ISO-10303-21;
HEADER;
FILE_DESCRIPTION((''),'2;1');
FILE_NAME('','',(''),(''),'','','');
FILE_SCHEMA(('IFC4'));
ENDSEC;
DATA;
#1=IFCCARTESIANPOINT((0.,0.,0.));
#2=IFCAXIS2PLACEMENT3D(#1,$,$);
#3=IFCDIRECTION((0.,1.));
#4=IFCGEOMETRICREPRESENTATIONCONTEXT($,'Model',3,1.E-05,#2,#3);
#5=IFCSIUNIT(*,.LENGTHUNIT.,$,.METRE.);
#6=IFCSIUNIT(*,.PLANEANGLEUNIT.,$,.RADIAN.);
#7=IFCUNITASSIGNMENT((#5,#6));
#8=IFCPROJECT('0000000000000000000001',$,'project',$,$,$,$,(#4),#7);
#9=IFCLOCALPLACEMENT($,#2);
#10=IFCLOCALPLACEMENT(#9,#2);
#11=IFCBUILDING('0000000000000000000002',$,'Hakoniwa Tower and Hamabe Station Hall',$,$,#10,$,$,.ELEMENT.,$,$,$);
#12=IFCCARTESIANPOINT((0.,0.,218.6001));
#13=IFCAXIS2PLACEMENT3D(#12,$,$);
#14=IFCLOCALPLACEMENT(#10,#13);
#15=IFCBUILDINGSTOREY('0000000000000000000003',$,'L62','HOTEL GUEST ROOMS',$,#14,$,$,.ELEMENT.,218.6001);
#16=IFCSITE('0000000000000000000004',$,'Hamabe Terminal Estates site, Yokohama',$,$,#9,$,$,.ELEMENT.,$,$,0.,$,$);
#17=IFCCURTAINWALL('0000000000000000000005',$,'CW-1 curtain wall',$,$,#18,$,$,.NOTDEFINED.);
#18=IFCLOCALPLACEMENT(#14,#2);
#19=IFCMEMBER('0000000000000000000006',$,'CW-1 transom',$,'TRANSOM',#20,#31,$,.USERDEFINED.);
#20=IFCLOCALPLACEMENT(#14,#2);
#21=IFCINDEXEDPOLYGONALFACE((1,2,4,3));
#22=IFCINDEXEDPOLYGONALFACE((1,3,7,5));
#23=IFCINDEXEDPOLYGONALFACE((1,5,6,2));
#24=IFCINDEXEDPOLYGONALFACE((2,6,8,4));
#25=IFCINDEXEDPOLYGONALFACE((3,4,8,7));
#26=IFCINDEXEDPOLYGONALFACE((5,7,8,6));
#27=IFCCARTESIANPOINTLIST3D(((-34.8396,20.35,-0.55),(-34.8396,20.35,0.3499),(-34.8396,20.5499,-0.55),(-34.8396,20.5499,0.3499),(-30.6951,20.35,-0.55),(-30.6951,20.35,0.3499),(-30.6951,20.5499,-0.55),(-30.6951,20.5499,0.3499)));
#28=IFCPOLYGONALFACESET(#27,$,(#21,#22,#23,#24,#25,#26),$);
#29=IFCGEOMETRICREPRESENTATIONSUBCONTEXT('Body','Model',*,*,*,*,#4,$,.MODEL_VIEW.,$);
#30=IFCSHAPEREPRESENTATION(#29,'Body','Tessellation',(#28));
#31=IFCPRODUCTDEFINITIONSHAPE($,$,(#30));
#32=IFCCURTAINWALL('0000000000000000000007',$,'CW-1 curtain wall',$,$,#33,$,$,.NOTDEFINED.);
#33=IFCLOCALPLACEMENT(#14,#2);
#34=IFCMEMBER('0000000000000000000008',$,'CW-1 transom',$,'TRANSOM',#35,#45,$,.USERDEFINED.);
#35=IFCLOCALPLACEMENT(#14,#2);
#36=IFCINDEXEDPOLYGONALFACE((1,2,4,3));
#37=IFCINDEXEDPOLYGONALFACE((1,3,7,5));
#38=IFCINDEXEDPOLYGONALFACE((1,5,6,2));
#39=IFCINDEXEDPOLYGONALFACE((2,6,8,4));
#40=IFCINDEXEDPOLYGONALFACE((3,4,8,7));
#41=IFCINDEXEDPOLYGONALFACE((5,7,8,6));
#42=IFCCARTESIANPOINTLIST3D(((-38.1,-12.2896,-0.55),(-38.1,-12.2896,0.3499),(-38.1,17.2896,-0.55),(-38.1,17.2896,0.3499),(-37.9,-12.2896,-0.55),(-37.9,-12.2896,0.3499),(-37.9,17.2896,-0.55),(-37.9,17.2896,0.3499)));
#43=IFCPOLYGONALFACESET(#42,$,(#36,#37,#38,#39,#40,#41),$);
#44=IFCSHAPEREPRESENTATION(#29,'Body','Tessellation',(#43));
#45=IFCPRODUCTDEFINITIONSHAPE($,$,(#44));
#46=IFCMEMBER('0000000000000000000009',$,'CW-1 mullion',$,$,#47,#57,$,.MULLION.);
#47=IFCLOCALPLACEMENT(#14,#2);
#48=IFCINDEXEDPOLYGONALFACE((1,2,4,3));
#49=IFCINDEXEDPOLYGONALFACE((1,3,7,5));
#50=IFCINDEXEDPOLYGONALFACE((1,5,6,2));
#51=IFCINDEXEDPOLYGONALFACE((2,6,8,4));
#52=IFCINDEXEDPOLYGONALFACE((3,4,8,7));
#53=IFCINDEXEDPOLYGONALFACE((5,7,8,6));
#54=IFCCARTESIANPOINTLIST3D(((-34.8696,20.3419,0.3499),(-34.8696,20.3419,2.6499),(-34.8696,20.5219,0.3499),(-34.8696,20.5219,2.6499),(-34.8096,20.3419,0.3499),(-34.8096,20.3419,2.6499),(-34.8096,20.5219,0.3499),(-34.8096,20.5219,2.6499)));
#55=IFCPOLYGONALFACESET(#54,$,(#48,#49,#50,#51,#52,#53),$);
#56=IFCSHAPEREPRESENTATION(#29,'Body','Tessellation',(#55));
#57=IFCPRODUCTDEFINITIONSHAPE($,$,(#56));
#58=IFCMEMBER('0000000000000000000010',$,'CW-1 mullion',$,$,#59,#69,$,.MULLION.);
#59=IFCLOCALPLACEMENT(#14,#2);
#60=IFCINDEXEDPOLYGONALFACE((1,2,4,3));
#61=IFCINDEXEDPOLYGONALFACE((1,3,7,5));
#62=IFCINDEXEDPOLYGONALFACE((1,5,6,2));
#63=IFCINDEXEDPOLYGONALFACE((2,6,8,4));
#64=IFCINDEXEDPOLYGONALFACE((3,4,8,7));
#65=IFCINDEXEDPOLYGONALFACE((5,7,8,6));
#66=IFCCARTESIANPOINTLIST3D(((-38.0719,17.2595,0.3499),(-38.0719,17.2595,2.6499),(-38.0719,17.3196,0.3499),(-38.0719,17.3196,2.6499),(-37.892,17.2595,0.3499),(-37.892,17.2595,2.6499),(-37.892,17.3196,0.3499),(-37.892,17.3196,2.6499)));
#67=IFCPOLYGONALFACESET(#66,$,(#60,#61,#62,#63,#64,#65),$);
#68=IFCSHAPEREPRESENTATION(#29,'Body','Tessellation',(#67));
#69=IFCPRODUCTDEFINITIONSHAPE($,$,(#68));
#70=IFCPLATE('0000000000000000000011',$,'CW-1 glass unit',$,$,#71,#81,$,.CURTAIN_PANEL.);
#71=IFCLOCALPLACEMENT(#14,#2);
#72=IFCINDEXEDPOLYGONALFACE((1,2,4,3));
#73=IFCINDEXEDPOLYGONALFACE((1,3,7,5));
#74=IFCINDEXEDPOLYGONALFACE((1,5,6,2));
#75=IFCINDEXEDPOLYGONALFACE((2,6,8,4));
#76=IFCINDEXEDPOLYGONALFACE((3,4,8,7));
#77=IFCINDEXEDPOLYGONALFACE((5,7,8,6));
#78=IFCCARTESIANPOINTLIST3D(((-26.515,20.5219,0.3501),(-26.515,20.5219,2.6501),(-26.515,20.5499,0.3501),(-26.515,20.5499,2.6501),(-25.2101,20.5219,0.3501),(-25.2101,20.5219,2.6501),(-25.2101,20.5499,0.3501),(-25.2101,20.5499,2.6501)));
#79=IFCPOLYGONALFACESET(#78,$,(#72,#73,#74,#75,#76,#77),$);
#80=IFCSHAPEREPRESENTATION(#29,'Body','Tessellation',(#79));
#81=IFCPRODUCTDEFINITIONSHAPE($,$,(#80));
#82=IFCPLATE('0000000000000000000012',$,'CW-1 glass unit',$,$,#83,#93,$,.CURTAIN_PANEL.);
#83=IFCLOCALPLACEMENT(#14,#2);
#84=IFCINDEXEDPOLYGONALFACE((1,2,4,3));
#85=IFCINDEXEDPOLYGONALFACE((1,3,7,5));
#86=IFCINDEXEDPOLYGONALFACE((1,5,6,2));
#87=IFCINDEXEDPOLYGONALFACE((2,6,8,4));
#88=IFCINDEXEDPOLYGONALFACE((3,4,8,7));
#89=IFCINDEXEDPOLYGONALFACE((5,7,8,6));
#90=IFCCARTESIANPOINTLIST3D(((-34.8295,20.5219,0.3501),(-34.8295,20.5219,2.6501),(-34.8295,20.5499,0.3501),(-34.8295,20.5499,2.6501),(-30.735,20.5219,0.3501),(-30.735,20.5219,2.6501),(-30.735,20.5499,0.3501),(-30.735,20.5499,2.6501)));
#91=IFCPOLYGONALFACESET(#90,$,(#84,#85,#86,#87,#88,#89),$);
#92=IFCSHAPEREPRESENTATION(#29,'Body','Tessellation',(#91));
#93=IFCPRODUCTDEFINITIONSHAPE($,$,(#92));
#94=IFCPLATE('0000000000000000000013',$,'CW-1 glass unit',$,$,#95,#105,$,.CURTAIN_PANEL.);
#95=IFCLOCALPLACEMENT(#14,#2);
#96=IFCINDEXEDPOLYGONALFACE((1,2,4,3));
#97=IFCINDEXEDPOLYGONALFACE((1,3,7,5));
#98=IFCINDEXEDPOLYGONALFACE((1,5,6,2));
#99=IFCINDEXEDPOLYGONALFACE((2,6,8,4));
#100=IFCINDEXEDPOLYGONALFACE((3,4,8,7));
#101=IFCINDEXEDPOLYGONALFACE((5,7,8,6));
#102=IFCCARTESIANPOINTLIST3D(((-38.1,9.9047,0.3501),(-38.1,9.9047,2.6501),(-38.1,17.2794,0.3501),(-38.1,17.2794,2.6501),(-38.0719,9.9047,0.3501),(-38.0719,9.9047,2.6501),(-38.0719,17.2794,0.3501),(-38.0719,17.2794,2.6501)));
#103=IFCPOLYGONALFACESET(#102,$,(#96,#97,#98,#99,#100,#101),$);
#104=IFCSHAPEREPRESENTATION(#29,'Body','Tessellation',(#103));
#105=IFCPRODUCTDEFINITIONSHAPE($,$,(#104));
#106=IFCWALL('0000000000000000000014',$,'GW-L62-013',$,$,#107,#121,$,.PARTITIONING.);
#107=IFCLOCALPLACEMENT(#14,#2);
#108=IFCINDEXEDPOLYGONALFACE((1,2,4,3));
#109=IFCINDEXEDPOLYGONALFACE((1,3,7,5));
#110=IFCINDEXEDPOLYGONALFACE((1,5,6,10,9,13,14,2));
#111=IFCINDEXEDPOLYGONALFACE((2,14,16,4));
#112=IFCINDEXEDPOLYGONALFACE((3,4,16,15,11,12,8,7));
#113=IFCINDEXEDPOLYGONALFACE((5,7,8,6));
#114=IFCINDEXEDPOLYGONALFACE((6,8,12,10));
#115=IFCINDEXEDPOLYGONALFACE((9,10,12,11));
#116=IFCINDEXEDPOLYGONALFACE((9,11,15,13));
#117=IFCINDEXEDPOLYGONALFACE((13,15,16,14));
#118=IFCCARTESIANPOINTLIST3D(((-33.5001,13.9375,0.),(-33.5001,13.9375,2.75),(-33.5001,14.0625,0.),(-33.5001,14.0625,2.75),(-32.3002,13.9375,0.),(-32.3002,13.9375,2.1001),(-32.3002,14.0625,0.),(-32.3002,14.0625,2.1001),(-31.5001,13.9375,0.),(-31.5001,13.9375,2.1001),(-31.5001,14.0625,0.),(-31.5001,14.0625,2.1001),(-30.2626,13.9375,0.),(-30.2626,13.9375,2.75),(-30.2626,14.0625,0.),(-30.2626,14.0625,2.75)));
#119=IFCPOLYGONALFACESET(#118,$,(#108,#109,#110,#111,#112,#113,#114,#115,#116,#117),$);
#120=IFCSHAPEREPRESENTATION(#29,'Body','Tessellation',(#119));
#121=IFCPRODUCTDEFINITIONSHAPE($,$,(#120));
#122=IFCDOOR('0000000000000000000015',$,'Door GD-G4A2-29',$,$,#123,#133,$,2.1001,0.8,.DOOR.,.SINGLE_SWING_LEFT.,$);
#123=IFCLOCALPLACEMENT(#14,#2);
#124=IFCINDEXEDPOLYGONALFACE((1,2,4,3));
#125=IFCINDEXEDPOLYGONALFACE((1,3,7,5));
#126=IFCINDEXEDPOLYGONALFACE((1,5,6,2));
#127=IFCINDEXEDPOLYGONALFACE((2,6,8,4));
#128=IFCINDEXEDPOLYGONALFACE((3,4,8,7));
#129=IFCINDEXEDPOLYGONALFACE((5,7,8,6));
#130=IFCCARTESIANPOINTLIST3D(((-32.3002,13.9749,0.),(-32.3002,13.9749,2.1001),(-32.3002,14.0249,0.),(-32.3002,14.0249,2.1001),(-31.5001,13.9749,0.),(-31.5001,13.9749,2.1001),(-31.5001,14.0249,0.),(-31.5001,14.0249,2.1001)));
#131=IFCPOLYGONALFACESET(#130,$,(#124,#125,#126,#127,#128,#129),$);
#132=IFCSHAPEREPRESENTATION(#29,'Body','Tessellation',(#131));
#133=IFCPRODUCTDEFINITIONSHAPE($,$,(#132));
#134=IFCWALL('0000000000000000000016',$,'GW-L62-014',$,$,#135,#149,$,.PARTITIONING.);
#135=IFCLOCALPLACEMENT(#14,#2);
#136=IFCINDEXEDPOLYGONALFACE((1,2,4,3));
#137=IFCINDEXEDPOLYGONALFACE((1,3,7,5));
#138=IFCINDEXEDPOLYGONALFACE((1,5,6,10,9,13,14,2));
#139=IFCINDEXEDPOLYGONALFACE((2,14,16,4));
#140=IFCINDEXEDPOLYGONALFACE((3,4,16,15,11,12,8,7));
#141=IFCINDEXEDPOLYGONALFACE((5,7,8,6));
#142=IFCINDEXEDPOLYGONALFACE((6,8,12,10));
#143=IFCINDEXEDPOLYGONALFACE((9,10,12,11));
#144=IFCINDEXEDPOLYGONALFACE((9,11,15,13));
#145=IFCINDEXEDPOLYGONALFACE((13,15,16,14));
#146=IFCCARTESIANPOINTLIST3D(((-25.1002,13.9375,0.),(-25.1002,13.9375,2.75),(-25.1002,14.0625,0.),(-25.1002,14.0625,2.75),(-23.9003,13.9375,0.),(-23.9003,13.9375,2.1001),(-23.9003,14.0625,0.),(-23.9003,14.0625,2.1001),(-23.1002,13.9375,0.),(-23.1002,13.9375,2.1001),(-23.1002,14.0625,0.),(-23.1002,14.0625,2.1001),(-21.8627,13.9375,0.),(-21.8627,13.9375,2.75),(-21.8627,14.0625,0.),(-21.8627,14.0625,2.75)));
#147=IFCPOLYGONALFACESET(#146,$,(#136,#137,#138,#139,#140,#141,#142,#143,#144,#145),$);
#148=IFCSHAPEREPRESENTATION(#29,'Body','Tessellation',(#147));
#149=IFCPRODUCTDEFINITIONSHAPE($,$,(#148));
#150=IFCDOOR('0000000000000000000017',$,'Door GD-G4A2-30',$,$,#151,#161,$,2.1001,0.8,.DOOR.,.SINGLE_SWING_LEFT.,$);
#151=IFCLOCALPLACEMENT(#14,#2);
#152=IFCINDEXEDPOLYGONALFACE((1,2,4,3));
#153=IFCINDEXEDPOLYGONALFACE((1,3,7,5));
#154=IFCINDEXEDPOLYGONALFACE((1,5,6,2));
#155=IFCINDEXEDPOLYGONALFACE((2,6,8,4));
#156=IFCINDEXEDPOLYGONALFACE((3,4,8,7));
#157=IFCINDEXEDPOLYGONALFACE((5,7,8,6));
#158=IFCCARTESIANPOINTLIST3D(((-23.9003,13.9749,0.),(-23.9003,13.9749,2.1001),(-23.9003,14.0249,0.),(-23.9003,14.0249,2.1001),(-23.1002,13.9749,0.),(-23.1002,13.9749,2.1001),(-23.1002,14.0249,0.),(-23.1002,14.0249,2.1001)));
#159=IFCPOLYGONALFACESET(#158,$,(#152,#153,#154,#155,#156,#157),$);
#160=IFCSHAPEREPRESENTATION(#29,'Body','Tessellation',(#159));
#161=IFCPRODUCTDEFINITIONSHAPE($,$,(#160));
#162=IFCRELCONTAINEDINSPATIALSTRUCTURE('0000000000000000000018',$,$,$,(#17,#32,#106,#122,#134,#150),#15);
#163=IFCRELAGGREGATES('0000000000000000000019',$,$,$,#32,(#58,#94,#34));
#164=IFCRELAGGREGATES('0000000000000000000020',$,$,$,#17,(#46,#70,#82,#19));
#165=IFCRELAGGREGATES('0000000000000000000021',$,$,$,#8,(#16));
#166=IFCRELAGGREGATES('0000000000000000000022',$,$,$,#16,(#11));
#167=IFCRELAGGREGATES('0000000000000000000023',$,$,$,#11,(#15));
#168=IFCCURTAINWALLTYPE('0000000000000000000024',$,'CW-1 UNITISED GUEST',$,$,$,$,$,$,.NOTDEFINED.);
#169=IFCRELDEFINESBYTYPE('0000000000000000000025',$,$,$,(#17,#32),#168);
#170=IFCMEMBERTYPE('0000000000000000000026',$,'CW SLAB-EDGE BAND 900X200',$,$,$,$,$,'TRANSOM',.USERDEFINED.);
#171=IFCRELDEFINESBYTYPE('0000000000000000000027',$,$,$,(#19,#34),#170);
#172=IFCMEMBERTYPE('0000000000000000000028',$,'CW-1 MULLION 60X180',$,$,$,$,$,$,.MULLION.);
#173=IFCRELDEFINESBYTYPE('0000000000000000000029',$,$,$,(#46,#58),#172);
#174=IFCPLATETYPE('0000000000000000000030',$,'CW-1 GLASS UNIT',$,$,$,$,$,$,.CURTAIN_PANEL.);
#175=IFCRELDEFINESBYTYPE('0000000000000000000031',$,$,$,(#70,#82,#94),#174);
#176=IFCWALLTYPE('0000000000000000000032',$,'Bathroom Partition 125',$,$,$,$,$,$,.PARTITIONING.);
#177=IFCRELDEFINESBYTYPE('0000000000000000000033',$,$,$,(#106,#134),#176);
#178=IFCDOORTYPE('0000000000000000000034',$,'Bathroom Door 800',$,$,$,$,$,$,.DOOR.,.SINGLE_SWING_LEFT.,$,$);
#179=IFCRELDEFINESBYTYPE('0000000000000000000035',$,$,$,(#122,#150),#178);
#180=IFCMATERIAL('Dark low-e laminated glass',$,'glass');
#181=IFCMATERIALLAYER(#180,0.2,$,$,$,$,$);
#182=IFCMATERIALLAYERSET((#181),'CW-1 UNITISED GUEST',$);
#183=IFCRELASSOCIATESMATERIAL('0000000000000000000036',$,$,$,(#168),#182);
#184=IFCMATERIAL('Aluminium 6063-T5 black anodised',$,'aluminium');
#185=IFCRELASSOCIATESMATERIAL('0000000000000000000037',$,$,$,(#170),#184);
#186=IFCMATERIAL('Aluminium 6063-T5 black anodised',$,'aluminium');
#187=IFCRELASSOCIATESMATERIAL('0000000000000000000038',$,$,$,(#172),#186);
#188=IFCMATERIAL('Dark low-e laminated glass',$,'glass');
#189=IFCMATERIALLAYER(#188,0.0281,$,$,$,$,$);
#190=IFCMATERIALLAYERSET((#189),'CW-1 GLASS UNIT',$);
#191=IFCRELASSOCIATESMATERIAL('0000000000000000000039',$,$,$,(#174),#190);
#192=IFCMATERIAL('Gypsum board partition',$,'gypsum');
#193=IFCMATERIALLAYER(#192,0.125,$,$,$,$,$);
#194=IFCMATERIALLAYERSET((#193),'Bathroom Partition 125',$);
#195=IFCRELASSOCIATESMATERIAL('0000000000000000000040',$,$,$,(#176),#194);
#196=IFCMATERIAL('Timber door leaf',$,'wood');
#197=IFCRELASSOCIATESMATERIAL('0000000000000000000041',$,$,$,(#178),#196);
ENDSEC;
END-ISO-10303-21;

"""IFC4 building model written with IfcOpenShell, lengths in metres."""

from ifc_helpers import new_model, si_unit, direction, frame, frame_2d, origin, origin_2d, place, context, subcontext, project, spatial, rectangle, extrude, material, layer, layer_set, material_profile, profile_set, type_object, element, fill, aggregate, save


model = new_model("IFC4")

# Units and contexts
model_context = context("Model", 3, precision=1e-05, world=origin(), true_north=direction((0.0, 1.0)))
body_context = subcontext(model_context, "Body", "Model", "MODEL_VIEW")
ifc_project = project(units=[si_unit("LENGTHUNIT", "METRE"), si_unit("PLANEANGLEUNIT", "RADIAN")], contexts=[model_context])

# Site, building, storey
site_placement = place(None, origin())
site = spatial("IfcSite", under=ifc_project, at=site_placement, Name="Hamabe Terminal Estates site, Yokohama", CompositionType="ELEMENT", RefElevation=0.0)
building_placement = place(site_placement, origin())
building = spatial("IfcBuilding", under=site, at=building_placement, Name="Hakoniwa Tower and Hamabe Station Hall", CompositionType="ELEMENT")
storey_placement = place(building_placement, frame((0.0, 0.0, 218.6001)))
storey = spatial("IfcBuildingStorey", under=building, at=storey_placement, Name="L62", Description="HOTEL GUEST ROOMS", CompositionType="ELEMENT", Elevation=218.6001)

# Curtain walls, members
ifc_material_1 = material(Name="Dark low-e laminated glass", Category="glass")
ifc_layer_1 = layer(ifc_material_1, 0.2)
ifc_layer_set_1 = layer_set([ifc_layer_1], Name="CW-1 UNITISED GUEST")
curtain_wall_type = type_object("IfcCurtainWallType", Name="CW-1 UNITISED GUEST", PredefinedType="NOTDEFINED", material=ifc_layer_set_1)
curtain_wall_1_placement = place(storey_placement, origin())
curtain_wall_1 = element("IfcCurtainWall", 1, at=curtain_wall_1_placement, inside=storey, type_object=curtain_wall_type, Name="CW-1 curtain wall", PredefinedType="NOTDEFINED")
ifc_material_2 = material(Name="Aluminium 6063-T5 black anodised", Category="aluminium")
ifc_material_profile_1 = material_profile(ifc_material_2, rectangle(XDim=0.2, YDim=0.8999, at=origin_2d()), Name="CW SLAB-EDGE BAND 900X200")
ifc_profile_set_1 = profile_set([ifc_material_profile_1], Name="Aluminium 6063-T5 black anodised")
member_type_1 = type_object("IfcMemberType", Name="CW SLAB-EDGE BAND 900X200", ElementType="TRANSOM", PredefinedType="USERDEFINED", material=ifc_profile_set_1)
member_1_placement = place(storey_placement, frame((-30.6951, 20.45, -0.1001), z_axis=(-1.0, 0.0, 0.0), x_axis=(0.0, -1.0, 0.0)))
member_1 = element("IfcMember", 2, at=member_1_placement, type_object=member_type_1, Name="CW-1 transom", ObjectType="TRANSOM", PredefinedType="USERDEFINED", context=body_context, shape_type="SweptSolid", body=[
    extrude(rectangle(XDim=0.2, YDim=0.8999, at=origin_2d()), origin(), (0.0, 0.0, 1.0), 4.1445),
])
curtain_wall_2_placement = place(storey_placement, origin())
curtain_wall_2 = element("IfcCurtainWall", 3, at=curtain_wall_2_placement, inside=storey, type_object=curtain_wall_type, Name="CW-1 curtain wall", PredefinedType="NOTDEFINED")
member_2_placement = place(storey_placement, frame((-38.0, 17.2896, -0.1001), z_axis=(0.0, -1.0, 0.0), x_axis=(1.0, 0.0, 0.0)))
member_2 = element("IfcMember", 4, at=member_2_placement, type_object=member_type_1, Name="CW-1 transom", ObjectType="TRANSOM", PredefinedType="USERDEFINED", context=body_context, shape_type="SweptSolid", body=[
    extrude(rectangle(XDim=0.2, YDim=0.8999, at=origin_2d()), origin(), (0.0, 0.0, 1.0), 29.5791),
])

# Members
ifc_material_3 = material(Name="Aluminium 6063-T5 black anodised", Category="aluminium")
ifc_material_profile_2 = material_profile(ifc_material_3, rectangle(XDim=0.0601, YDim=0.1799, at=origin_2d()), Name="CW-1 MULLION 60X180")
ifc_profile_set_2 = profile_set([ifc_material_profile_2], Name="Aluminium 6063-T5 black anodised")
member_type_2 = type_object("IfcMemberType", Name="CW-1 MULLION 60X180", PredefinedType="MULLION", material=ifc_profile_set_2)
member_3_placement = place(storey_placement, frame((-34.8396, 20.4319, 0.3499), z_axis=(0.0, 0.0, 1.0), x_axis=(-1.0, 0.0, 0.0)))
member_3 = element("IfcMember", 5, at=member_3_placement, type_object=member_type_2, Name="CW-1 mullion", PredefinedType="MULLION", context=body_context, shape_type="SweptSolid", body=[
    extrude(rectangle(XDim=0.0601, YDim=0.1799, at=origin_2d()), origin(), (0.0, 0.0, 1.0), 2.3),
])
member_4_placement = place(storey_placement, frame((-37.9819, 17.2896, 0.3499), z_axis=(0.0, 0.0, 1.0), x_axis=(0.0, -1.0, 0.0)))
member_4 = element("IfcMember", 6, at=member_4_placement, type_object=member_type_2, Name="CW-1 mullion", PredefinedType="MULLION", context=body_context, shape_type="SweptSolid", body=[
    extrude(rectangle(XDim=0.0601, YDim=0.1799, at=origin_2d()), origin(), (0.0, 0.0, 1.0), 2.3),
])

# Plates
ifc_material_4 = material(Name="Dark low-e laminated glass", Category="glass")
ifc_layer_2 = layer(ifc_material_4, 0.0281)
ifc_layer_set_2 = layer_set([ifc_layer_2], Name="CW-1 GLASS UNIT")
plate_type = type_object("IfcPlateType", Name="CW-1 GLASS UNIT", PredefinedType="CURTAIN_PANEL", material=ifc_layer_set_2)
plate_1_placement = place(storey_placement, frame((-25.8625, 20.5359, 0.3501), z_axis=(0.0, 0.0, 1.0), x_axis=(-1.0, 0.0, 0.0)))
plate_1 = element("IfcPlate", 7, at=plate_1_placement, type_object=plate_type, Name="CW-1 glass unit", PredefinedType="CURTAIN_PANEL", context=body_context, shape_type="SweptSolid", body=[
    extrude(rectangle(XDim=1.3049, YDim=0.0281, at=origin_2d()), origin(), (0.0, 0.0, 1.0), 2.3),
])
plate_2_placement = place(storey_placement, frame((-32.7822, 20.5359, 0.3501), z_axis=(0.0, 0.0, 1.0), x_axis=(-1.0, 0.0, 0.0)))
plate_2 = element("IfcPlate", 8, at=plate_2_placement, type_object=plate_type, Name="CW-1 glass unit", PredefinedType="CURTAIN_PANEL", context=body_context, shape_type="SweptSolid", body=[
    extrude(rectangle(XDim=4.0945, YDim=0.0281, at=origin_2d()), origin(), (0.0, 0.0, 1.0), 2.3),
])
plate_3_placement = place(storey_placement, frame((-38.0859, 13.592, 0.3501), z_axis=(0.0, 0.0, 1.0), x_axis=(0.0, -1.0, 0.0)))
plate_3 = element("IfcPlate", 9, at=plate_3_placement, type_object=plate_type, Name="CW-1 glass unit", PredefinedType="CURTAIN_PANEL", context=body_context, shape_type="SweptSolid", body=[
    extrude(rectangle(XDim=7.3748, YDim=0.0281, at=origin_2d()), origin(), (0.0, 0.0, 1.0), 2.3),
])
aggregate(curtain_wall_2, [member_4, plate_3, member_2])

# Walls, openings, doors
ifc_material_5 = material(Name="Gypsum board partition", Category="gypsum")
ifc_layer_3 = layer(ifc_material_5, 0.125)
ifc_layer_set_3 = layer_set([ifc_layer_3], Name="Bathroom Partition 125")
wall_type_1 = type_object("IfcWallType", Name="Bathroom Partition 125", PredefinedType="PARTITIONING", material=ifc_layer_set_3)
wall_1_placement = place(storey_placement, frame((-33.5, 14.0, 0.0), z_axis=(0.0, 0.0, 1.0), x_axis=(1.0, 0.0, 0.0)))
wall_1 = element("IfcWall", 10, at=wall_1_placement, inside=storey, type_object=wall_type_1, Name="GW-L62-013", PredefinedType="PARTITIONING", context=body_context, shape_type="SweptSolid", body=[
    extrude(rectangle(XDim=3.2375, YDim=0.125, at=frame_2d((1.6187, 0.0))), origin(), (0.0, 0.0, 1.0), 2.75),
])
opening_1_placement = place(wall_1_placement, frame((1.2, 0.0, 0.0)))
opening_1 = element("IfcOpeningElement", 11, at=opening_1_placement, cuts=wall_1, PredefinedType="OPENING", context=body_context, shape_type="SweptSolid", body=[
    extrude(rectangle(XDim=0.8, YDim=2.1001, at=frame_2d((0.3999, 1.05))), frame((0.0, 0.0725, 0.0), z_axis=(0.0, -1.0, 0.0), x_axis=(1.0, 0.0, 0.0)), (0.0, 0.0, 1.0), 0.145),
])
ifc_material_6 = material(Name="Timber door leaf", Category="wood")
door_type_1 = type_object("IfcDoorType", Name="Bathroom Door 800", OperationType="SINGLE_SWING_LEFT", PredefinedType="DOOR", material=ifc_material_6)
door_1_placement = place(opening_1_placement, origin())
door_1 = element("IfcDoor", 12, at=door_1_placement, inside=storey, type_object=door_type_1, Name="Door GD-G4A2-29", OperationType="SINGLE_SWING_LEFT", OverallHeight=2.1001, OverallWidth=0.8, PredefinedType="DOOR", context=body_context, shape_type="SweptSolid", body=[
    extrude(rectangle(XDim=0.8, YDim=2.1001, at=frame_2d((0.3999, 1.05))), frame((0.0, 0.0249, 0.0), z_axis=(0.0, -1.0, 0.0), x_axis=(1.0, 0.0, 0.0)), (0.0, 0.0, 1.0), 0.05),
])
fill(opening_1, door_1)
wall_2_placement = place(storey_placement, frame((-25.1001, 14.0, 0.0), z_axis=(0.0, 0.0, 1.0), x_axis=(1.0, 0.0, 0.0)))
wall_2 = element("IfcWall", 13, at=wall_2_placement, inside=storey, type_object=wall_type_1, Name="GW-L62-014", PredefinedType="PARTITIONING", context=body_context, shape_type="SweptSolid", body=[
    extrude(rectangle(XDim=3.2375, YDim=0.125, at=frame_2d((1.6187, 0.0))), origin(), (0.0, 0.0, 1.0), 2.75),
])
opening_2_placement = place(wall_2_placement, frame((1.2, 0.0, 0.0)))
opening_2 = element("IfcOpeningElement", 14, at=opening_2_placement, cuts=wall_2, PredefinedType="OPENING", context=body_context, shape_type="SweptSolid", body=[
    extrude(rectangle(XDim=0.8, YDim=2.1001, at=frame_2d((0.3999, 1.05))), frame((0.0, 0.0725, 0.0), z_axis=(0.0, -1.0, 0.0), x_axis=(1.0, 0.0, 0.0)), (0.0, 0.0, 1.0), 0.145),
])
door_2_placement = place(opening_2_placement, origin())
door_2 = element("IfcDoor", 15, at=door_2_placement, inside=storey, type_object=door_type_1, Name="Door GD-G4A2-30", OperationType="SINGLE_SWING_LEFT", OverallHeight=2.1001, OverallWidth=0.8, PredefinedType="DOOR", context=body_context, shape_type="SweptSolid", body=[
    extrude(rectangle(XDim=0.8, YDim=2.1001, at=frame_2d((0.3999, 1.05))), frame((0.0, 0.0249, 0.0), z_axis=(0.0, -1.0, 0.0), x_axis=(1.0, 0.0, 0.0)), (0.0, 0.0, 1.0), 0.05),
])
fill(opening_2, door_2)
aggregate(curtain_wall_1, [member_3, plate_1, plate_2, member_1])

save(model, "model.ifc")
